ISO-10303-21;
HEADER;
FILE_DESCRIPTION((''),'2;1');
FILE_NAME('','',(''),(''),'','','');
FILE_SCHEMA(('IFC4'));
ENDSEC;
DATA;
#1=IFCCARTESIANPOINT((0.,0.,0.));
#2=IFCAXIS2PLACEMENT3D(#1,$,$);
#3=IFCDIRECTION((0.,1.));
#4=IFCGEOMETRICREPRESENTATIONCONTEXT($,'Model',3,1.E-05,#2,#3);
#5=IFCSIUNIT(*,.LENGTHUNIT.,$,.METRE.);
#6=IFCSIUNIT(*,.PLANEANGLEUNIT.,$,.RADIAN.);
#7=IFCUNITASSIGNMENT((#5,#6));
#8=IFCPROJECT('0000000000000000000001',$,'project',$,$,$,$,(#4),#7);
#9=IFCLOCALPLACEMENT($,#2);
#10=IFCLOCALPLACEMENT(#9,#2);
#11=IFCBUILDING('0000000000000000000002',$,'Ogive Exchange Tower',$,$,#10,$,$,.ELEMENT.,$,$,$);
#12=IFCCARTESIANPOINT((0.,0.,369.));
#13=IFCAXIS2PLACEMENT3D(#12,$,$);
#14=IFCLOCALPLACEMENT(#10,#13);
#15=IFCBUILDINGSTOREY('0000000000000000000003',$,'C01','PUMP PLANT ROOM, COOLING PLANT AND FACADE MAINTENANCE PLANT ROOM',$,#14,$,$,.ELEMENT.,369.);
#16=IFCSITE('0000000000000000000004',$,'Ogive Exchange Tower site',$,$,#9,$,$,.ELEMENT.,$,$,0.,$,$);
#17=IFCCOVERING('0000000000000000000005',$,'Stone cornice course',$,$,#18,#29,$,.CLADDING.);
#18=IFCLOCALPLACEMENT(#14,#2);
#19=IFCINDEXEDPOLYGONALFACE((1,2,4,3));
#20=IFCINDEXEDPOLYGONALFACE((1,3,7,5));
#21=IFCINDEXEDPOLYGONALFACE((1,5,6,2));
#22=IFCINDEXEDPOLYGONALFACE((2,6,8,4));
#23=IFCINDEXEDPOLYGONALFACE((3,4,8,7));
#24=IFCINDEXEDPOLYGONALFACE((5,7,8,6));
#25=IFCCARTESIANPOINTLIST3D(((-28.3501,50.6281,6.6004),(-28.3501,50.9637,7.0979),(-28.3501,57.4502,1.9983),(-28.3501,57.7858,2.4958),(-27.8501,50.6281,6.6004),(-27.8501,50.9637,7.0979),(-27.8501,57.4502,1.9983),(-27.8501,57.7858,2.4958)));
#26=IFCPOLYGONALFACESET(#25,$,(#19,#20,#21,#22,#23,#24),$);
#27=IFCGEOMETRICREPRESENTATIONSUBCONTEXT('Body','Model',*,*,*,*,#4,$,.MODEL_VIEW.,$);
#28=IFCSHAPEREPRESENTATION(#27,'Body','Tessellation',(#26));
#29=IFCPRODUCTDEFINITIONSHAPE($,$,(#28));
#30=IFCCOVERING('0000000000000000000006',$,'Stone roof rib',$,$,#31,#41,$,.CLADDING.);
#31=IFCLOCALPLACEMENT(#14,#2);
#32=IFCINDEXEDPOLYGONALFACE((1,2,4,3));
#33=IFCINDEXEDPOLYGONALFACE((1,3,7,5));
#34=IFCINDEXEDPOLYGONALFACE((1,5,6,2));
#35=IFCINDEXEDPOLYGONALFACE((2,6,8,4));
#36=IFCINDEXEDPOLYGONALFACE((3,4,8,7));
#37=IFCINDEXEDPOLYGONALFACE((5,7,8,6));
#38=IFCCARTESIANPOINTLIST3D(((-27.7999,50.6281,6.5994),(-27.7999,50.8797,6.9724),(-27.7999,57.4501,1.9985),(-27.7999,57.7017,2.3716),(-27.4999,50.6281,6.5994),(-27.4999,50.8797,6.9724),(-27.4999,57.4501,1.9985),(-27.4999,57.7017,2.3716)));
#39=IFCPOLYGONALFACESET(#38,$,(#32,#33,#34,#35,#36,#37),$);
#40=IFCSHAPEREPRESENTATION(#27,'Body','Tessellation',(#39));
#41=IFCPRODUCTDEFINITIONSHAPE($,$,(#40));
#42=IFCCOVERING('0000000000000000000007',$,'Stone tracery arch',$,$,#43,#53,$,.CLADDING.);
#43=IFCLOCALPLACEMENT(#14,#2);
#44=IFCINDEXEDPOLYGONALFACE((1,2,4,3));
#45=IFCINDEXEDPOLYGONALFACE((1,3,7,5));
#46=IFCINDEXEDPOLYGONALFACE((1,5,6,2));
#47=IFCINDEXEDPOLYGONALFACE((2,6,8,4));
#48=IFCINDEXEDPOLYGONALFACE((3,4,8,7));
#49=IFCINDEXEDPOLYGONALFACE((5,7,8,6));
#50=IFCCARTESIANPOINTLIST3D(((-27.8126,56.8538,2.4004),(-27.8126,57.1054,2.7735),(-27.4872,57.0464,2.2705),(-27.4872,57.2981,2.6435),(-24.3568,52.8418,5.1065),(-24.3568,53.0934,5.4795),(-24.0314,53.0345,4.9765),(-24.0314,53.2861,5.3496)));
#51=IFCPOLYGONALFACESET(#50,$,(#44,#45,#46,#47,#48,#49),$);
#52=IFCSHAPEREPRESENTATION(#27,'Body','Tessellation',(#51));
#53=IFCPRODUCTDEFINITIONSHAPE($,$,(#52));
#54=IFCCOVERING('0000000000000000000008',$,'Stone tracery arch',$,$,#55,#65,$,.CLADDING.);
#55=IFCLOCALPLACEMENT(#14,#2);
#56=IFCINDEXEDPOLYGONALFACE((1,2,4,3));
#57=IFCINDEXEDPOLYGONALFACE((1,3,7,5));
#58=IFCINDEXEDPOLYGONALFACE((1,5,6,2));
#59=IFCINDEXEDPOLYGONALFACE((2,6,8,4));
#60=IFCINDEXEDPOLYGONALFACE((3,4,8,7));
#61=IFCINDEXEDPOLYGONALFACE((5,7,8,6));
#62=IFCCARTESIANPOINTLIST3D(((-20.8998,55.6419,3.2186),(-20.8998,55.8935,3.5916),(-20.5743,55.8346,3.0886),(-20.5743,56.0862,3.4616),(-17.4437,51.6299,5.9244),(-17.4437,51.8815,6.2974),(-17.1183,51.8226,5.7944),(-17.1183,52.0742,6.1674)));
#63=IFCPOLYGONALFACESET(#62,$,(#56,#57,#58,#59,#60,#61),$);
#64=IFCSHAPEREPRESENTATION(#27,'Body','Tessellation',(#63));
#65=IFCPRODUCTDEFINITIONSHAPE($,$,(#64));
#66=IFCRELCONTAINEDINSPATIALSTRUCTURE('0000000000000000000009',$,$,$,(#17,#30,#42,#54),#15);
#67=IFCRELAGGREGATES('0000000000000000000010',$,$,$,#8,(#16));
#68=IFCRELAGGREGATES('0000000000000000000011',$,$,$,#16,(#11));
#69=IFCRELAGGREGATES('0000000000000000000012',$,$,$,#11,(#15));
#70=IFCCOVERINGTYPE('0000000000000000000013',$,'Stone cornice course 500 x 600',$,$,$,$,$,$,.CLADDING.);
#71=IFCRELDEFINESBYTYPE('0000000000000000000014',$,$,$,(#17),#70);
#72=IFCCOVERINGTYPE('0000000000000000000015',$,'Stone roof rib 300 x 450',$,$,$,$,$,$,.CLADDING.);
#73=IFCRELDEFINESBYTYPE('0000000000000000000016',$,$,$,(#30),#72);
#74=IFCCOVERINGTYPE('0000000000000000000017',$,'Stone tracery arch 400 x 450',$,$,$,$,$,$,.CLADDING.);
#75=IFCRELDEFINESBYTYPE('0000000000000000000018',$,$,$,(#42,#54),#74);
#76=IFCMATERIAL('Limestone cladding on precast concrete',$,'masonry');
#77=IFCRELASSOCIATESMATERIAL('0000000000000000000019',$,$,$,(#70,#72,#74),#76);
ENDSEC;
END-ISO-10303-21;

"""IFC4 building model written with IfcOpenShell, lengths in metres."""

from ifc_helpers import new_model, si_unit, direction, frame, origin, origin_2d, place, context, subcontext, project, spatial, rectangle, extrude, material, material_profile, profile_set, type_object, element, save


model = new_model("IFC4")

# Units and contexts
model_context = context("Model", 3, precision=1e-05, world=origin(), true_north=direction((0.0, 1.0)))
body_context = subcontext(model_context, "Body", "Model", "MODEL_VIEW")
ifc_project = project(units=[si_unit("LENGTHUNIT", "METRE"), si_unit("PLANEANGLEUNIT", "RADIAN")], contexts=[model_context])

# Site, building, storey
site_placement = place(None, origin())
site = spatial("IfcSite", under=ifc_project, at=site_placement, Name="Ogive Exchange Tower site", CompositionType="ELEMENT", RefElevation=0.0)
building_placement = place(site_placement, origin())
building = spatial("IfcBuilding", under=site, at=building_placement, Name="Ogive Exchange Tower", CompositionType="ELEMENT")
storey_placement = place(building_placement, frame((0.0, 0.0, 369.0)))
storey = spatial("IfcBuildingStorey", under=building, at=storey_placement, Name="C01", Description="PUMP PLANT ROOM, COOLING PLANT AND FACADE MAINTENANCE PLANT ROOM", CompositionType="ELEMENT", Elevation=369.0)

# Coverings
ifc_material_1 = material(Name="Limestone cladding on precast concrete", Category="masonry")
ifc_material_profile_1 = material_profile(ifc_material_1, rectangle(XDim=0.5, YDim=0.6001, at=origin_2d()), Name="CORNICE 500 x 600")
ifc_profile_set_1 = profile_set([ifc_material_profile_1], Name="Limestone cladding on precast concrete")
covering_type_1 = type_object("IfcCoveringType", Name="Stone cornice course 500 x 600", PredefinedType="CLADDING", material=ifc_profile_set_1)
covering_1_placement = place(storey_placement, frame((-28.1001, 50.7959, 6.8491), z_axis=(0.0, 0.829007, -0.559238), x_axis=(-1.0, 0.0, 0.0)))
element("IfcCovering", 1, at=covering_1_placement, inside=storey, type_object=covering_type_1, Name="Stone cornice course", PredefinedType="CLADDING", context=body_context, shape_type="SweptSolid", body=[
    extrude(rectangle(XDim=0.5, YDim=0.6001, at=origin_2d()), origin(), (0.0, 0.0, 1.0), 8.2292),
])
ifc_material_profile_2 = material_profile(ifc_material_1, rectangle(XDim=0.3, YDim=0.45, at=origin_2d()), Name="RIB 300 x 450")
ifc_profile_set_2 = profile_set([ifc_material_profile_2], Name="Limestone cladding on precast concrete")
covering_type_2 = type_object("IfcCoveringType", Name="Stone roof rib 300 x 450", PredefinedType="CLADDING", material=ifc_profile_set_2)
covering_2_placement = place(storey_placement, frame((-27.6499, 57.5759, 2.1851), z_axis=(0.0, -0.829076, 0.559136), x_axis=(1.0, 0.0, 0.0)))
element("IfcCovering", 2, at=covering_2_placement, inside=storey, type_object=covering_type_2, Name="Stone roof rib", PredefinedType="CLADDING", context=body_context, shape_type="SweptSolid", body=[
    extrude(rectangle(XDim=0.3, YDim=0.45, at=origin_2d()), origin(), (0.0, 0.0, 1.0), 8.2285),
])
ifc_material_profile_3 = material_profile(ifc_material_1, rectangle(XDim=0.3999, YDim=0.45, at=origin_2d()), Name="TRACERY 400 x 450")
ifc_profile_set_3 = profile_set([ifc_material_profile_3], Name="Limestone cladding on precast concrete")
covering_type_3 = type_object("IfcCoveringType", Name="Stone tracery arch 400 x 450", PredefinedType="CLADDING", material=ifc_profile_set_3)
for number, where, z_axis, x_axis, name in (
    (3, (-27.6499, 57.0759, 2.522), (0.581148, -0.674673, 0.455065), (0.813798, 0.481769, -0.325009), "Stone tracery arch"),
    (4, (-20.7371, 55.864, 3.3401), (0.581186, -0.67467, 0.455021), (0.813771, 0.481829, -0.324988), "Stone tracery arch"),
):
    element("IfcCovering", number, at=place(storey_placement, frame(where, z_axis=z_axis, x_axis=x_axis)), inside=storey, type_object=covering_type_3, Name=name, PredefinedType="CLADDING", context=body_context, shape_type="SweptSolid", body=[
        extrude(rectangle(XDim=0.3999, YDim=0.45, at=origin_2d()), origin(), (0.0, 0.0, 1.0), 5.9465),
    ])

save(model, "model.ifc")
